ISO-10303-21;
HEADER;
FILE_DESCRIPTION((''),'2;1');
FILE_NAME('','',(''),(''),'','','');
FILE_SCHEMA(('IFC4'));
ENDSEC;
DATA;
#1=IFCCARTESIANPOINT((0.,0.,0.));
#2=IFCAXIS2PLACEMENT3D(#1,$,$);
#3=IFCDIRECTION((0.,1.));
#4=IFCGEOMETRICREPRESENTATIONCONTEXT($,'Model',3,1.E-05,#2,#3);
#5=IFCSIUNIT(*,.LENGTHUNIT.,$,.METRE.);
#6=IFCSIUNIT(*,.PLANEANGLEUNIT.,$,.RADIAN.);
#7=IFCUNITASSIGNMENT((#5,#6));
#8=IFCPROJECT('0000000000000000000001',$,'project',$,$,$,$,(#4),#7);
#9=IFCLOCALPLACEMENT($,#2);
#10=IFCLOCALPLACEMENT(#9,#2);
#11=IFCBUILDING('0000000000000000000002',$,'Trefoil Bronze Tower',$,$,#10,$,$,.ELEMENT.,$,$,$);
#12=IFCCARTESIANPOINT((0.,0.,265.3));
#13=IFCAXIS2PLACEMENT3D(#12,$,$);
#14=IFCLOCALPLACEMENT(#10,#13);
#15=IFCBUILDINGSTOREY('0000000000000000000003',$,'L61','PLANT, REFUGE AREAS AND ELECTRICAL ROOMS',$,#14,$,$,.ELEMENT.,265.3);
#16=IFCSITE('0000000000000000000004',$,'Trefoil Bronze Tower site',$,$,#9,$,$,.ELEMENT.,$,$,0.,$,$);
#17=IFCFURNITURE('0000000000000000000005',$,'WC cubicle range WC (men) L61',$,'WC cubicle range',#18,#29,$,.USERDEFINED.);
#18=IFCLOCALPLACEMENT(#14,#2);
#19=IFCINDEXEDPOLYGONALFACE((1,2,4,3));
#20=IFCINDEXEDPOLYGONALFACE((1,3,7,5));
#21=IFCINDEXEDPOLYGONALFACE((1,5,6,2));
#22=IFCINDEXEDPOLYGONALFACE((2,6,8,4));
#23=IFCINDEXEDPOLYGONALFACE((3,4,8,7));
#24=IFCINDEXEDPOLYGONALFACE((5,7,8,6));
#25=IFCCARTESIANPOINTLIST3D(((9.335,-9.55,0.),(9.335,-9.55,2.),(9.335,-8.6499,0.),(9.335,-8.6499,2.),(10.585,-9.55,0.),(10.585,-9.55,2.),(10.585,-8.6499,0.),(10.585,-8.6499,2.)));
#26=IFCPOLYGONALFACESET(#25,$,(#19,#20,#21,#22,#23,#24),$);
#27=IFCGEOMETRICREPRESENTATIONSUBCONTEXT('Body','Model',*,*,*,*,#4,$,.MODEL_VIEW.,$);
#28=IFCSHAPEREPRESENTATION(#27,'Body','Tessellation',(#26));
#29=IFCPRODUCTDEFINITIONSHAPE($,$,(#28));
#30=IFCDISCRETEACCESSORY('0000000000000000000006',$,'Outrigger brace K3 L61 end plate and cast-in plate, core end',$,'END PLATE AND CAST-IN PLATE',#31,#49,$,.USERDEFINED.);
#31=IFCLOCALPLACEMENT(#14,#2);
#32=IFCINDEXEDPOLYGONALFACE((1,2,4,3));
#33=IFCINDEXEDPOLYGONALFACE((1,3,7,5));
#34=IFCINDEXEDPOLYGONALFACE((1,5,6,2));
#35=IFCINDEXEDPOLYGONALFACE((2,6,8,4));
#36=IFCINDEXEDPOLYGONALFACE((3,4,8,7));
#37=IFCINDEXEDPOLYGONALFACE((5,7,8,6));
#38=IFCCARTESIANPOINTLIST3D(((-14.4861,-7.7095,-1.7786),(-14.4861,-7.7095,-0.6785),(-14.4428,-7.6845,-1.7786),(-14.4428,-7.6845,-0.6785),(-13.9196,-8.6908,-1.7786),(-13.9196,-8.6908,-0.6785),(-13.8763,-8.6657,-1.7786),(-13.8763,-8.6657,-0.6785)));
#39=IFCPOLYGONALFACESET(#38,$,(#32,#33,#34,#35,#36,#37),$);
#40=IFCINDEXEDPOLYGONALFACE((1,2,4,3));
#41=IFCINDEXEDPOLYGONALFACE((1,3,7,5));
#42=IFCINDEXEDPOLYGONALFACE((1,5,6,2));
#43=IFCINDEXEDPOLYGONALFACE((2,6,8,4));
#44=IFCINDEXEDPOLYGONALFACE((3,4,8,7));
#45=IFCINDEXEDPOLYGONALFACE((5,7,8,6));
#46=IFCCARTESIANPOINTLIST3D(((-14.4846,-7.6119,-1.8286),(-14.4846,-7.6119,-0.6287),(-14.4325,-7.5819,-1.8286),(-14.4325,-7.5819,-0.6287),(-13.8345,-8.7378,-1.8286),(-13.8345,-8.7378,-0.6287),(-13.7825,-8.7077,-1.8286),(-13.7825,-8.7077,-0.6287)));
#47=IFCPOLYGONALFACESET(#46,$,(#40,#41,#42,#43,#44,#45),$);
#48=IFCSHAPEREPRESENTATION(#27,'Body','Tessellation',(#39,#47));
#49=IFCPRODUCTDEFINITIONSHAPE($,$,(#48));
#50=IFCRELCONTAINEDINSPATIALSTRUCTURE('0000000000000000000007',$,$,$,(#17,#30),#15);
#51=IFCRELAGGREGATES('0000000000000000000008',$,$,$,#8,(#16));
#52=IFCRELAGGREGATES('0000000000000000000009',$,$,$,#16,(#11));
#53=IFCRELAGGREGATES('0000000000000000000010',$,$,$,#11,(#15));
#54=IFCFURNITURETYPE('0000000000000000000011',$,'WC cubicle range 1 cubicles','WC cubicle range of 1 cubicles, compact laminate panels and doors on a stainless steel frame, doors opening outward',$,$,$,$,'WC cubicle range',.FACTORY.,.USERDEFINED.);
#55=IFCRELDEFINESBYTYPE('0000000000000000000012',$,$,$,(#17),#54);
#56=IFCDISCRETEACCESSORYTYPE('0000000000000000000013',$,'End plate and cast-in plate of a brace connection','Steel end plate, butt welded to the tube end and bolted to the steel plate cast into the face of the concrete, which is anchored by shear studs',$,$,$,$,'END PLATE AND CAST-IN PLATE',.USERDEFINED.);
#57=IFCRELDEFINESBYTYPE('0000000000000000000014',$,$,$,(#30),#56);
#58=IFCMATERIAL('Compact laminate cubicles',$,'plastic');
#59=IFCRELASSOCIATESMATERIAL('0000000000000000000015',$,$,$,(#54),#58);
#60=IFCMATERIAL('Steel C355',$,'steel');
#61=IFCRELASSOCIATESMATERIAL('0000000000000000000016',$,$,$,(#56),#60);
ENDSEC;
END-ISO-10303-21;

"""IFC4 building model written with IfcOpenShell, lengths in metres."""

from ifc_helpers import new_model, si_unit, direction, frame, origin, origin_2d, place, context, subcontext, project, spatial, polyline, rectangle, outline, extrude, material, type_object, element, save


model = new_model("IFC4")

# Units and contexts
model_context = context("Model", 3, precision=1e-05, world=origin(), true_north=direction((0.0, 1.0)))
body_context = subcontext(model_context, "Body", "Model", "MODEL_VIEW")
ifc_project = project(units=[si_unit("LENGTHUNIT", "METRE"), si_unit("PLANEANGLEUNIT", "RADIAN")], contexts=[model_context])

# Site, building, storey
site_placement = place(None, origin())
site = spatial("IfcSite", under=ifc_project, at=site_placement, Name="Trefoil Bronze Tower site", CompositionType="ELEMENT", RefElevation=0.0)
building_placement = place(site_placement, origin())
building = spatial("IfcBuilding", under=site, at=building_placement, Name="Trefoil Bronze Tower", CompositionType="ELEMENT")
storey_placement = place(building_placement, frame((0.0, 0.0, 265.3)))
storey = spatial("IfcBuildingStorey", under=building, at=storey_placement, Name="L61", Description="PLANT, REFUGE AREAS AND ELECTRICAL ROOMS", CompositionType="ELEMENT", Elevation=265.3)

# Furniture
ifc_material_1 = material(Name="Compact laminate cubicles", Category="plastic")
furniture_type = type_object("IfcFurnitureType", Name="WC cubicle range 1 cubicles", Description="WC cubicle range of 1 cubicles, compact laminate panels and doors on a stainless steel frame, doors opening outward", ElementType="WC cubicle range", AssemblyPlace="FACTORY", PredefinedType="USERDEFINED", material=ifc_material_1)
furniture_placement = place(storey_placement, origin())
element("IfcFurniture", 1, at=furniture_placement, inside=storey, type_object=furniture_type, Name="WC cubicle range WC (men) L61", ObjectType="WC cubicle range", PredefinedType="USERDEFINED", context=body_context, shape_type="SweptSolid", body=[
    extrude(outline(polyline([(9.335, -8.6499), (10.585, -8.6499), (10.585, -9.55), (9.335, -9.55), (9.335, -8.6499)])), origin(), (0.0, 0.0, 1.0), 2.0),
])

# Discrete accessory
ifc_material_2 = material(Name="Steel C355", Category="steel")
discrete_accessory_type = type_object("IfcDiscreteAccessoryType", Name="End plate and cast-in plate of a brace connection", Description="Steel end plate, butt welded to the tube end and bolted to the steel plate cast into the face of the concrete, which is anchored by shear studs", ElementType="END PLATE AND CAST-IN PLATE", PredefinedType="USERDEFINED", material=ifc_material_2)
discrete_accessory_placement = place(storey_placement, frame((-14.1594, -8.175, -1.2285), z_axis=(0.0, 0.0, 1.0), x_axis=(-0.866025, -0.5, 0.0)))
element("IfcDiscreteAccessory", 2, at=discrete_accessory_placement, inside=storey, type_object=discrete_accessory_type, Name="Outrigger brace K3 L61 end plate and cast-in plate, core end", ObjectType="END PLATE AND CAST-IN PLATE", PredefinedType="USERDEFINED", context=body_context, shape_type="SweptSolid", body=[
    extrude(rectangle(XDim=0.05, YDim=1.1331, at=origin_2d()), frame((0.0251, 0.0, -0.55)), (0.0, 0.0, 1.0), 1.1001),
    extrude(rectangle(XDim=0.0601, YDim=1.3, at=origin_2d()), frame((-0.03, -0.0002, -0.6001)), (0.0, 0.0, 1.0), 1.2),
])

save(model, "model.ifc")
